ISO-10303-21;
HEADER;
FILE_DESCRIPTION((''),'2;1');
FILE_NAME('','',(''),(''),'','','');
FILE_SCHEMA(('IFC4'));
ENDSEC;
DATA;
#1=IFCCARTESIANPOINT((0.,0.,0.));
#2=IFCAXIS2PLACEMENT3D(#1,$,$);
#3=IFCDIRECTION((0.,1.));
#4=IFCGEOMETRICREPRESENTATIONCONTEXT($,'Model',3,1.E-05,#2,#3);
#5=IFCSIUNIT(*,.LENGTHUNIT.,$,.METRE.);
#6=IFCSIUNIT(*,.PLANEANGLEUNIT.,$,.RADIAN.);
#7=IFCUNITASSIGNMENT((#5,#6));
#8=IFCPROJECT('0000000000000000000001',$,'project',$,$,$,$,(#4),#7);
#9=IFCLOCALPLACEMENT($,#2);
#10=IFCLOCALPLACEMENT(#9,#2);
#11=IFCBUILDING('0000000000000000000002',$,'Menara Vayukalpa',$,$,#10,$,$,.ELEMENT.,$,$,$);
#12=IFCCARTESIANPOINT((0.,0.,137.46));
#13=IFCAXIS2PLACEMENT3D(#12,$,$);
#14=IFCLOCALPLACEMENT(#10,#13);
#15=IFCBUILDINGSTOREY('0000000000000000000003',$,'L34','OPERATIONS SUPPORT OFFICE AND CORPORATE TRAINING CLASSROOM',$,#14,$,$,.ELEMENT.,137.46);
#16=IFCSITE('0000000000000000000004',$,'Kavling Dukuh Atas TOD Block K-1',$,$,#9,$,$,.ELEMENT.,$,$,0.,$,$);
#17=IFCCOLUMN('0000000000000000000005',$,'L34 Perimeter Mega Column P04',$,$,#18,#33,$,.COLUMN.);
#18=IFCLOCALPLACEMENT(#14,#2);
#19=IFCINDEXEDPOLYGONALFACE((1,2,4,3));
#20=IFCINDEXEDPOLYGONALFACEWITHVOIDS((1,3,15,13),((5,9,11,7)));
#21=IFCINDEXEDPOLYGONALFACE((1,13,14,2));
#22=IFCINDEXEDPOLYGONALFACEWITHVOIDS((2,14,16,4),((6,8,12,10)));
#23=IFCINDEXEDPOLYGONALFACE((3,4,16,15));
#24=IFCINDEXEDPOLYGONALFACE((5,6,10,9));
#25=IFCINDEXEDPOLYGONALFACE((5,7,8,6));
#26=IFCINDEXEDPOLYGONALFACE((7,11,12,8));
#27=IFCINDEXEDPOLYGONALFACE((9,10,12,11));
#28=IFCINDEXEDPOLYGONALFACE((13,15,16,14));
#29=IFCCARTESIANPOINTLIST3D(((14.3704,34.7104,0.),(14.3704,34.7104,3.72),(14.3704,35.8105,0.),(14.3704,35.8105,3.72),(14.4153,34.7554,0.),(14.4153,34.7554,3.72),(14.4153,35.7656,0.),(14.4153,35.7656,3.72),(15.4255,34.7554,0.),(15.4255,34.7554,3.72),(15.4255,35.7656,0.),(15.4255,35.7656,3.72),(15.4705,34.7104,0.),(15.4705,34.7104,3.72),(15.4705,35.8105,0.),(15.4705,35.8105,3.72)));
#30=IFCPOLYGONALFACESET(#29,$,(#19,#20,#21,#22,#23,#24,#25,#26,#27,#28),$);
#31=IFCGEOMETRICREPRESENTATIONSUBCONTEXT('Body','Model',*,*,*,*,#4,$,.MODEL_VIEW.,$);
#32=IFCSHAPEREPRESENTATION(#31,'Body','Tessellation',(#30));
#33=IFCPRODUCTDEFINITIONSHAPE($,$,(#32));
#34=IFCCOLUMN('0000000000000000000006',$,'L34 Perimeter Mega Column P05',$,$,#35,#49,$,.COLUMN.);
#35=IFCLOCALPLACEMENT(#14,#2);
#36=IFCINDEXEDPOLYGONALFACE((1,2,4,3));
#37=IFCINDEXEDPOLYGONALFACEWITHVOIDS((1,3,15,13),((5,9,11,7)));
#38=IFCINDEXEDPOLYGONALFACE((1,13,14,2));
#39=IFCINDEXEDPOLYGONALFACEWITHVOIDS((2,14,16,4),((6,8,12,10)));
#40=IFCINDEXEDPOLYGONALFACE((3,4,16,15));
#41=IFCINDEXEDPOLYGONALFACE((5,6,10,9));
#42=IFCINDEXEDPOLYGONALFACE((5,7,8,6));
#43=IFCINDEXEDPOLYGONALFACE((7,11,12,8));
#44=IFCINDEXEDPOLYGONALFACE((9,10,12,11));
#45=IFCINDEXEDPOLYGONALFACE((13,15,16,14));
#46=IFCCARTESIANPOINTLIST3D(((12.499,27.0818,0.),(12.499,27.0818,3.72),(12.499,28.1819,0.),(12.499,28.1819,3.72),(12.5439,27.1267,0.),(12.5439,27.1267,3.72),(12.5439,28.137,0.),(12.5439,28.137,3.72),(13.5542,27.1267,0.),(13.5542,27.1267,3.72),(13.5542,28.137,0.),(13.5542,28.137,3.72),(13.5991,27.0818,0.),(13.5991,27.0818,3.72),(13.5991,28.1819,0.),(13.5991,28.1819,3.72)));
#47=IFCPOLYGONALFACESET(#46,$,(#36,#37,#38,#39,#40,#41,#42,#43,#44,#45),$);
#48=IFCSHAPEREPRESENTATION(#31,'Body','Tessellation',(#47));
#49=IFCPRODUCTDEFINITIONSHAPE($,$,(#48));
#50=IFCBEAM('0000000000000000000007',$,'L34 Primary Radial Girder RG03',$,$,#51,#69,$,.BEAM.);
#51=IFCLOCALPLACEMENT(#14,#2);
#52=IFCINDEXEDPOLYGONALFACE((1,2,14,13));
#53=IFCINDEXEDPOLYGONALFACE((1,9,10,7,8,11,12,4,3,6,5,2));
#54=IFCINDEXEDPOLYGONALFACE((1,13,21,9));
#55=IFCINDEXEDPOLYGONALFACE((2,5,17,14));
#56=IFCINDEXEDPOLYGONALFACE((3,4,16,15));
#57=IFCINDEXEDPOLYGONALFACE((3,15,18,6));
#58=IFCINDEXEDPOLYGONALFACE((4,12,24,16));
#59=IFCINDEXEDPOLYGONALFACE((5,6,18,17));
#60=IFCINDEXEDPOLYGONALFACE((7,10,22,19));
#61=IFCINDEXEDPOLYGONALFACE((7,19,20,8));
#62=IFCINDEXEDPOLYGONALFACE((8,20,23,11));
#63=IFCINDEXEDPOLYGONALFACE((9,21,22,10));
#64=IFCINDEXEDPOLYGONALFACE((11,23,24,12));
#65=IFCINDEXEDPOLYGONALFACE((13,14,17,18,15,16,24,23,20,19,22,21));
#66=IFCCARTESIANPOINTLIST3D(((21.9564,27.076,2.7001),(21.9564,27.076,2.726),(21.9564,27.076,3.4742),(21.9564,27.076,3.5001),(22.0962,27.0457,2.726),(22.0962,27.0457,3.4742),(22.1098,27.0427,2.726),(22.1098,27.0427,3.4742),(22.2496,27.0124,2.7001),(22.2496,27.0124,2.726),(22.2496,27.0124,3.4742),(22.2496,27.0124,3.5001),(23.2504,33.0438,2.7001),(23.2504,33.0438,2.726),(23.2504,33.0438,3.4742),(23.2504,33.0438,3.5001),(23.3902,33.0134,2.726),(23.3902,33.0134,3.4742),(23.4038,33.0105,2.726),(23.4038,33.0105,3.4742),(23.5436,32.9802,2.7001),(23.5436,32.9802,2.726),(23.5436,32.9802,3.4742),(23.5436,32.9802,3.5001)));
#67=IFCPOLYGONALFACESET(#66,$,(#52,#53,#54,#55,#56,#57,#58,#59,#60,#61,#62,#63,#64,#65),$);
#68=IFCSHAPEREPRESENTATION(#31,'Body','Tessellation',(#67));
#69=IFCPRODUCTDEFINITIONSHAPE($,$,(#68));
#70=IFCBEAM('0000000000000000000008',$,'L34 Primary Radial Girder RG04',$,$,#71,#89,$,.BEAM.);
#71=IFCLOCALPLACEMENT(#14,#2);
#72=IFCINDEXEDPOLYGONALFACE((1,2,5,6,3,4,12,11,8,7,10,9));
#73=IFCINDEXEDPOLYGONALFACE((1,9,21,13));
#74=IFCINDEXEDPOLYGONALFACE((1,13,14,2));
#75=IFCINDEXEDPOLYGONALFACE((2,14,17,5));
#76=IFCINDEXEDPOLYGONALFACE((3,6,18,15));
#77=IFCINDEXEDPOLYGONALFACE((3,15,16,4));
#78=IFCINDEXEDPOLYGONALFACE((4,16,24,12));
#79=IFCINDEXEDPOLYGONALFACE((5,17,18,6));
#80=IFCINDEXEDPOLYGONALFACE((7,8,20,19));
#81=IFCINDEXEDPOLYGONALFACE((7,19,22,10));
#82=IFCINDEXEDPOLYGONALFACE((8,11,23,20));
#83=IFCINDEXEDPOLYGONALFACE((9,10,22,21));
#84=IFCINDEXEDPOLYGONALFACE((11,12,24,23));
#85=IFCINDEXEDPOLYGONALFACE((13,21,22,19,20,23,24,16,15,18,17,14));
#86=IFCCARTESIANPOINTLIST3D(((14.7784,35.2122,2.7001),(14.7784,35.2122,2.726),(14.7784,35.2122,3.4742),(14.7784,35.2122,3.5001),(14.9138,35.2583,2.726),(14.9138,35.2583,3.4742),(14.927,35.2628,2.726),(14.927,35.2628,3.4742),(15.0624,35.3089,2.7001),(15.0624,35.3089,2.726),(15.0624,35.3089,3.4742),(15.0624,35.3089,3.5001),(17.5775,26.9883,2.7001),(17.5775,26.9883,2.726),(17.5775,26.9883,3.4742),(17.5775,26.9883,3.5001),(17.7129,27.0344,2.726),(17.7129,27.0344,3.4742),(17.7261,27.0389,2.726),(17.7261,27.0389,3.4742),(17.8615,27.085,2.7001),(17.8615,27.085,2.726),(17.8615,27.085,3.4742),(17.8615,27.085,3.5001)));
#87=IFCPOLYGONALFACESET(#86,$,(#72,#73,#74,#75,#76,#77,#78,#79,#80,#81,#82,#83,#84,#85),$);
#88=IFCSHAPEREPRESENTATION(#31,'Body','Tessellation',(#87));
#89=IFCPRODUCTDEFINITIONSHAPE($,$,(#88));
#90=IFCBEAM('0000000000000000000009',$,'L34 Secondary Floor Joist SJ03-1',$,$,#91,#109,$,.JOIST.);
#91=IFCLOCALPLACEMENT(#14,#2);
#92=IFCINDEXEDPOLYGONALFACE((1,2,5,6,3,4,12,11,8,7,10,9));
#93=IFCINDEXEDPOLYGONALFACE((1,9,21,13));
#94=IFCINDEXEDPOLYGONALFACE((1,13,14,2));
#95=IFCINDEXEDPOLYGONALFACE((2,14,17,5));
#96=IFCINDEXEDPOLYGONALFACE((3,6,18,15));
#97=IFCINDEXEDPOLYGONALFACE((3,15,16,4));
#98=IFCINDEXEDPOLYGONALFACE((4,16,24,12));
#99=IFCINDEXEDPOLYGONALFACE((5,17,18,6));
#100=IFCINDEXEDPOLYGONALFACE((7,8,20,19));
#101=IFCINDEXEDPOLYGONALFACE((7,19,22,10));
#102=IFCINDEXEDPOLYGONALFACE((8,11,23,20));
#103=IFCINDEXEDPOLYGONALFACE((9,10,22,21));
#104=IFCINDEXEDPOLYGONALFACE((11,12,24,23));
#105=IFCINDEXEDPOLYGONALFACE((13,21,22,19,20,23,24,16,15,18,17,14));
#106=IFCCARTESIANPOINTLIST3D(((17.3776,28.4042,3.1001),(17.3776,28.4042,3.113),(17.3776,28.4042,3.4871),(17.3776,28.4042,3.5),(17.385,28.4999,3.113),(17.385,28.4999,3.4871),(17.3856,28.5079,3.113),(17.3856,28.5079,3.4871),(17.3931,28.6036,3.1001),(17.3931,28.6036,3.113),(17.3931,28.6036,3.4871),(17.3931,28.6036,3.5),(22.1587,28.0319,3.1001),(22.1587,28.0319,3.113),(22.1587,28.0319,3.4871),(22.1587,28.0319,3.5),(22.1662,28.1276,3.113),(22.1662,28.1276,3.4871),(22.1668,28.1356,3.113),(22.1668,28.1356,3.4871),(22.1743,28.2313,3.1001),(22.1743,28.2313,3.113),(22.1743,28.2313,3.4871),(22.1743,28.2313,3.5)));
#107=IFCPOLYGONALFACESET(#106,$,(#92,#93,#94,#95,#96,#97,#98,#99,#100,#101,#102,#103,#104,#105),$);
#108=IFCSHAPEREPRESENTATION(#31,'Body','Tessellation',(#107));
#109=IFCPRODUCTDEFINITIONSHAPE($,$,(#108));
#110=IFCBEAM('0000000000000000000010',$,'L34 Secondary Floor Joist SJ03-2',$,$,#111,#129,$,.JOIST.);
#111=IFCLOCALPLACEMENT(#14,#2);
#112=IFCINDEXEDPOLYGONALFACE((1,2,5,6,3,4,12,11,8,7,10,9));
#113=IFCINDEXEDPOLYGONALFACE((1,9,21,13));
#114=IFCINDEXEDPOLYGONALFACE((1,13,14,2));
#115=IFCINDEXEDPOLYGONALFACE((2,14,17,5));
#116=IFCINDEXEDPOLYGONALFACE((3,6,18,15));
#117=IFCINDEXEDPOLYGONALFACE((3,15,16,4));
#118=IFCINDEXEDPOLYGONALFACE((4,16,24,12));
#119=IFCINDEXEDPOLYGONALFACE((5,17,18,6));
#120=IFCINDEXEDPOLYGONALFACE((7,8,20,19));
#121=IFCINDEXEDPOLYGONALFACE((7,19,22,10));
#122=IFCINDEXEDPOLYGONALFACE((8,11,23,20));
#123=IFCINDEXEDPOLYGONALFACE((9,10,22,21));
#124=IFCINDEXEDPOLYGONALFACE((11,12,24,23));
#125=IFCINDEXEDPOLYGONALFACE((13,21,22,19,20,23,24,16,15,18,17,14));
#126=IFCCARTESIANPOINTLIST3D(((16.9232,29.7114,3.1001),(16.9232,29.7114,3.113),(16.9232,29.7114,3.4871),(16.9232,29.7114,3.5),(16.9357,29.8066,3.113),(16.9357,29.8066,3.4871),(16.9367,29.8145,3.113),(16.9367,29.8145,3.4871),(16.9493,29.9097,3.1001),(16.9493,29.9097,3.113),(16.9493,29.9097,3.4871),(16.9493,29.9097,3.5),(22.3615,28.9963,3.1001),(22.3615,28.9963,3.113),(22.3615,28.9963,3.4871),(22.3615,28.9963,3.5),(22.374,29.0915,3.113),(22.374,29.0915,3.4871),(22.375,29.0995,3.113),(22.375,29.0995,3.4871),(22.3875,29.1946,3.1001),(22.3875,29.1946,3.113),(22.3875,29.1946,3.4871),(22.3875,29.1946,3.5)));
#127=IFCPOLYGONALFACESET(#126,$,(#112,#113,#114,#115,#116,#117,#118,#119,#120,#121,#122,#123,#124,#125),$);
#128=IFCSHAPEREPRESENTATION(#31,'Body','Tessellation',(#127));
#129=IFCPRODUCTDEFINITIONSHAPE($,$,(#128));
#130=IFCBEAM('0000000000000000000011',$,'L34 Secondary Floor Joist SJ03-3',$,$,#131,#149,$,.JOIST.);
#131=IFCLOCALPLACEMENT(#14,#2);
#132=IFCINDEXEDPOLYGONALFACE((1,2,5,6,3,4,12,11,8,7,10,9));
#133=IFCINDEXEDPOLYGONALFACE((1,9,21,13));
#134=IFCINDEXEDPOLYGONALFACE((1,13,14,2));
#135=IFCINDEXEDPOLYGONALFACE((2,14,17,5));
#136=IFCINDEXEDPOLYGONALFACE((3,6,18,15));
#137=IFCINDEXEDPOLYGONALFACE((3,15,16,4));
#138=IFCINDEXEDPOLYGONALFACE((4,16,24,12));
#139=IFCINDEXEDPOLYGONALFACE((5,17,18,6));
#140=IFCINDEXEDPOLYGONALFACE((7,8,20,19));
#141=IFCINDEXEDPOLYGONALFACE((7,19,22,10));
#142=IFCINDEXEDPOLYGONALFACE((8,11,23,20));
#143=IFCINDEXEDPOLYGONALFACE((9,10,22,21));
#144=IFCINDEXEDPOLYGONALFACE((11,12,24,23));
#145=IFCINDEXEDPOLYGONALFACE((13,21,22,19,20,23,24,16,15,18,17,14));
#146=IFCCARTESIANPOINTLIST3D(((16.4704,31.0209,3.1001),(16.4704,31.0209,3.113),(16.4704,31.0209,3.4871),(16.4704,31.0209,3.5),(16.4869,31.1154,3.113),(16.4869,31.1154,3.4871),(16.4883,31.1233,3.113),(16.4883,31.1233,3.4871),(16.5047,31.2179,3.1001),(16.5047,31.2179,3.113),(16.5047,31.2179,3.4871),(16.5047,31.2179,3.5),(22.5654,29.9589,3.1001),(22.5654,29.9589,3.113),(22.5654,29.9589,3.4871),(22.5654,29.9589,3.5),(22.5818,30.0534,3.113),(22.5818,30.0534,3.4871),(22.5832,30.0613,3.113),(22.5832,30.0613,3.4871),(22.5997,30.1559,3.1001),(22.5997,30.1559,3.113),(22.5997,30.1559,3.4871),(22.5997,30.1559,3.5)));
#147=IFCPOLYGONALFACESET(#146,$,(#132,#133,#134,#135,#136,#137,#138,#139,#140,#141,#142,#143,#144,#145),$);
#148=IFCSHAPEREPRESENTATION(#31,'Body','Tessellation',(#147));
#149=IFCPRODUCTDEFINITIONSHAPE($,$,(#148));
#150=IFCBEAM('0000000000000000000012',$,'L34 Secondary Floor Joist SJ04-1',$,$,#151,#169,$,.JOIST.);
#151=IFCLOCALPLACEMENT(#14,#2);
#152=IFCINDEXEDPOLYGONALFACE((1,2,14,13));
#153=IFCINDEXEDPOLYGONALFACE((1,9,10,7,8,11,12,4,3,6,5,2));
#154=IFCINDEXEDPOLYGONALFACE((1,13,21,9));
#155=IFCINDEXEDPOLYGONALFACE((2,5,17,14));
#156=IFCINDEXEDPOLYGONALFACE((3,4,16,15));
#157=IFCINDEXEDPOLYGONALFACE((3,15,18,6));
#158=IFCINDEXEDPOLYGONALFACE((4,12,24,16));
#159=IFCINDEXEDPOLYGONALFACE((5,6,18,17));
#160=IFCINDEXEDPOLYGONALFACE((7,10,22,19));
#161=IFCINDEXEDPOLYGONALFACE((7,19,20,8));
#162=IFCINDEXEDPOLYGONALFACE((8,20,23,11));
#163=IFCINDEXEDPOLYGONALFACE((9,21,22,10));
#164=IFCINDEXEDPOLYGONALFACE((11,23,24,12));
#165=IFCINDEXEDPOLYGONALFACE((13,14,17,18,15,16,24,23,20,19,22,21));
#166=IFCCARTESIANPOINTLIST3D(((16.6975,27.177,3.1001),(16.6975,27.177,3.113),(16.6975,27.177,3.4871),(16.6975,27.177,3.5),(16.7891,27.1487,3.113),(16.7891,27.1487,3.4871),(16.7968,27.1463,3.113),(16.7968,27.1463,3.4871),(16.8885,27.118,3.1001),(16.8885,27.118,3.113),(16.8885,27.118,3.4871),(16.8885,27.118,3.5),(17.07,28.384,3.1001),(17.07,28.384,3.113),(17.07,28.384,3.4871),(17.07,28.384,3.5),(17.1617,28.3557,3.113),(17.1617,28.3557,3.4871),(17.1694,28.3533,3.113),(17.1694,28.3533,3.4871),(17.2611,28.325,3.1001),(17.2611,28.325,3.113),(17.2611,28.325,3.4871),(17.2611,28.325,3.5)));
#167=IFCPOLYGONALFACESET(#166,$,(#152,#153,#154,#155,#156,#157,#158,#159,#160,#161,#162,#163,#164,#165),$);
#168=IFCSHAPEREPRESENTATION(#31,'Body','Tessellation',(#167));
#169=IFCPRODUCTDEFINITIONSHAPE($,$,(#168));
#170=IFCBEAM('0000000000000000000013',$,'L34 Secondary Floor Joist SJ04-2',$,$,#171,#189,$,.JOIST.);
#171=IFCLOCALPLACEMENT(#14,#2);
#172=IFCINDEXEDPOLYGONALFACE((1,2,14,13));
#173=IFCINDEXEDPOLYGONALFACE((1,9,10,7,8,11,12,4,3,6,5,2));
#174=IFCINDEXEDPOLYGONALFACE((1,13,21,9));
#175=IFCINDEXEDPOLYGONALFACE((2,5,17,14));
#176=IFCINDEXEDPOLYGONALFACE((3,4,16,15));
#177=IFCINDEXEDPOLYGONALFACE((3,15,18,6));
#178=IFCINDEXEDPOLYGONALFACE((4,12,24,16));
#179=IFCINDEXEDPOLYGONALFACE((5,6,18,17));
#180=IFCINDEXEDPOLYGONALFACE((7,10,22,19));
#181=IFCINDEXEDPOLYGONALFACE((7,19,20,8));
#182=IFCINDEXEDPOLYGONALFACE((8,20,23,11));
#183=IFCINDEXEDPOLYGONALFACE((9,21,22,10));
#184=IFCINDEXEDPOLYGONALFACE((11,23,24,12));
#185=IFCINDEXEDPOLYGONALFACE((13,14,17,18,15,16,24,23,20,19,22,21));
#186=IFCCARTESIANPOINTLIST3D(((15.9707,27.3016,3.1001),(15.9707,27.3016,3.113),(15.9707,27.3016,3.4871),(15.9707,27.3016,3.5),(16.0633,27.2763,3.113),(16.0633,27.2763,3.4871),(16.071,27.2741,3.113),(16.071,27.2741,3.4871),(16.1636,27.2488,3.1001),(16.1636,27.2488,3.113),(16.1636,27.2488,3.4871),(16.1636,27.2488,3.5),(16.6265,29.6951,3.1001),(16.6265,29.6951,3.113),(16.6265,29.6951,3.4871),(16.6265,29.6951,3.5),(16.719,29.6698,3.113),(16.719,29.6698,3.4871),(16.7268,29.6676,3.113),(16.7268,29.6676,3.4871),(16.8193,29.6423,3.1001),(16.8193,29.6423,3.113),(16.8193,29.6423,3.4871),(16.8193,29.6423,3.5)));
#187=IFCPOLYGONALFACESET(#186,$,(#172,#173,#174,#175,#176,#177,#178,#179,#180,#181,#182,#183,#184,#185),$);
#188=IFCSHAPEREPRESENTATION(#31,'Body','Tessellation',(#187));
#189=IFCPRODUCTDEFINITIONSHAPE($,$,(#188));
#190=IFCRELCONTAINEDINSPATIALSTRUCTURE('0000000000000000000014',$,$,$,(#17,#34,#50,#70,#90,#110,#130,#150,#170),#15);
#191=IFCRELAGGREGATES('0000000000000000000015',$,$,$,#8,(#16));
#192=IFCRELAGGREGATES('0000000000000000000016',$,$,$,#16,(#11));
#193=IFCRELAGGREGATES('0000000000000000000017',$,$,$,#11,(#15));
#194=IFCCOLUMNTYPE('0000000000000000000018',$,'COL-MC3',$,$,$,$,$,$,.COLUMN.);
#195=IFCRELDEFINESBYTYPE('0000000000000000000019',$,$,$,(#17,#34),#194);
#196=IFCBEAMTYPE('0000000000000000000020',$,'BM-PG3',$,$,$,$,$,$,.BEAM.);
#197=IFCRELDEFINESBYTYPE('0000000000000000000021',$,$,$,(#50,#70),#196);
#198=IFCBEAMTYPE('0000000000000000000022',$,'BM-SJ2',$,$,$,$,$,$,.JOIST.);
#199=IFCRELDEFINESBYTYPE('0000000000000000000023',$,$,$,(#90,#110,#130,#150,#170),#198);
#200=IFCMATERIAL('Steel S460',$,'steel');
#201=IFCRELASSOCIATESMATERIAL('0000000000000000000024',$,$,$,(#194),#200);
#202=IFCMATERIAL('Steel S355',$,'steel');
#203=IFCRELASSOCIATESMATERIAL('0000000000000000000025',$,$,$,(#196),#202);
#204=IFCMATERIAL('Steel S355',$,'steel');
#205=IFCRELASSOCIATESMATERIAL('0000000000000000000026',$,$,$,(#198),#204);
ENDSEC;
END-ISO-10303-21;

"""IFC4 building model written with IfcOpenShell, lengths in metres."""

from ifc_helpers import new_model, si_unit, direction, frame, origin, origin_2d, place, context, subcontext, project, spatial, hollow_rectangle, i_section, extrude, material, material_profile, profile_set, type_object, element, save


model = new_model("IFC4")

# Units and contexts
model_context = context("Model", 3, precision=1e-05, world=origin(), true_north=direction((0.0, 1.0)))
body_context = subcontext(model_context, "Body", "Model", "MODEL_VIEW")
ifc_project = project(units=[si_unit("LENGTHUNIT", "METRE"), si_unit("PLANEANGLEUNIT", "RADIAN")], contexts=[model_context])

# Site, building, storey
site_placement = place(None, origin())
site = spatial("IfcSite", under=ifc_project, at=site_placement, Name="Kavling Dukuh Atas TOD Block K-1", CompositionType="ELEMENT", RefElevation=0.0)
building_placement = place(site_placement, origin())
building = spatial("IfcBuilding", under=site, at=building_placement, Name="Menara Vayukalpa", CompositionType="ELEMENT")
storey_placement = place(building_placement, frame((0.0, 0.0, 137.46)))
storey = spatial("IfcBuildingStorey", under=building, at=storey_placement, Name="L34", Description="OPERATIONS SUPPORT OFFICE AND CORPORATE TRAINING CLASSROOM", CompositionType="ELEMENT", Elevation=137.46)

# Columns
ifc_material_1 = material(Name="Steel S460", Category="steel")
ifc_material_profile_1 = material_profile(ifc_material_1, hollow_rectangle(XDim=1.1001, YDim=1.1001, WallThickness=0.0449, at=origin_2d()), Name="BOX 1100x1100x45")
ifc_profile_set_1 = profile_set([ifc_material_profile_1], Name="Steel S460")
column_type = type_object("IfcColumnType", Name="COL-MC3", PredefinedType="COLUMN", material=ifc_profile_set_1)
for number, where, z_axis, x_axis, name in (
    (1, (14.9204, 35.2605, 0.0), (0.0, 0.0, 1.0), (1.0, 0.0, 0.0), "L34 Perimeter Mega Column P04"),
    (2, (13.0491, 27.6318, 0.0), (0.0, 0.0, 1.0), (1.0, 0.0, 0.0), "L34 Perimeter Mega Column P05"),
):
    element("IfcColumn", number, at=place(storey_placement, frame(where, z_axis=z_axis, x_axis=x_axis)), inside=storey, type_object=column_type, Name=name, PredefinedType="COLUMN", context=body_context, shape_type="SweptSolid", body=[
        extrude(hollow_rectangle(XDim=1.1001, YDim=1.1001, WallThickness=0.0449, at=origin_2d()), origin(), (0.0, 0.0, 1.0), 3.72),
    ])

# Beams
ifc_material_2 = material(Name="Steel S355", Category="steel")
ifc_material_profile_2 = material_profile(ifc_material_2, i_section(OverallWidth=0.3, OverallDepth=0.8, WebThickness=0.0139, FlangeThickness=0.0259, at=origin_2d()), Name="WF 800x300x14x26")
ifc_profile_set_2 = profile_set([ifc_material_profile_2], Name="Steel S355")
beam_type_1 = type_object("IfcBeamType", Name="BM-PG3", PredefinedType="BEAM", material=ifc_profile_set_2)
beam_1_placement = place(storey_placement, frame((22.103, 27.0442, 3.1001), z_axis=(0.211898, 0.977292, 0.0), x_axis=(-0.977292, 0.211898, 0.0)))
element("IfcBeam", 3, at=beam_1_placement, inside=storey, type_object=beam_type_1, Name="L34 Primary Radial Girder RG03", PredefinedType="BEAM", context=body_context, shape_type="SweptSolid", body=[
    extrude(i_section(OverallWidth=0.3, OverallDepth=0.8, WebThickness=0.0139, FlangeThickness=0.0259, at=origin_2d()), origin(), (0.0, 0.0, 1.0), 6.1064),
])
beam_2_placement = place(storey_placement, frame((17.7195, 27.0366, 3.1001), z_axis=(-0.322208, 0.946669, 0.0), x_axis=(-0.946669, -0.322208, 0.0)))
element("IfcBeam", 4, at=beam_2_placement, inside=storey, type_object=beam_type_1, Name="L34 Primary Radial Girder RG04", PredefinedType="BEAM", context=body_context, shape_type="SweptSolid", body=[
    extrude(i_section(OverallWidth=0.3, OverallDepth=0.8, WebThickness=0.0139, FlangeThickness=0.0259, at=origin_2d()), origin(), (0.0, 0.0, 1.0), 8.6873),
])
ifc_material_3 = material(Name="Steel S355", Category="steel")
ifc_material_profile_3 = material_profile(ifc_material_3, i_section(OverallWidth=0.2, OverallDepth=0.3999, WebThickness=0.0081, FlangeThickness=0.0129, at=origin_2d()), Name="WF 400x200x8x13")
ifc_profile_set_3 = profile_set([ifc_material_profile_3], Name="Steel S355")
beam_type_2 = type_object("IfcBeamType", Name="BM-SJ2", PredefinedType="JOIST", material=ifc_profile_set_3)
beam_3_placement = place(storey_placement, frame((22.1665, 28.1316, 3.3), z_axis=(-0.996982, 0.077635, 0.0), x_axis=(-0.077635, -0.996982, 0.0)))
element("IfcBeam", 5, at=beam_3_placement, inside=storey, type_object=beam_type_2, Name="L34 Secondary Floor Joist SJ03-1", PredefinedType="JOIST", context=body_context, shape_type="SweptSolid", body=[
    extrude(i_section(OverallWidth=0.2, OverallDepth=0.3999, WebThickness=0.0081, FlangeThickness=0.0129, at=origin_2d()), origin(), (0.0, 0.0, 1.0), 4.7957),
])
beam_4_placement = place(storey_placement, frame((22.3745, 29.0955, 3.3), z_axis=(-0.991465, 0.13037, 0.0), x_axis=(-0.13037, -0.991465, 0.0)))
element("IfcBeam", 6, at=beam_4_placement, inside=storey, type_object=beam_type_2, Name="L34 Secondary Floor Joist SJ03-2", PredefinedType="JOIST", context=body_context, shape_type="SweptSolid", body=[
    extrude(i_section(OverallWidth=0.2, OverallDepth=0.3999, WebThickness=0.0081, FlangeThickness=0.0129, at=origin_2d()), origin(), (0.0, 0.0, 1.0), 5.4851),
])
beam_5_placement = place(storey_placement, frame((22.5825, 30.0574, 3.3), z_axis=(-0.985157, 0.171658, 0.0), x_axis=(-0.171658, -0.985157, 0.0)))
element("IfcBeam", 7, at=beam_5_placement, inside=storey, type_object=beam_type_2, Name="L34 Secondary Floor Joist SJ03-3", PredefinedType="JOIST", context=body_context, shape_type="SweptSolid", body=[
    extrude(i_section(OverallWidth=0.2, OverallDepth=0.3999, WebThickness=0.0081, FlangeThickness=0.0129, at=origin_2d()), origin(), (0.0, 0.0, 1.0), 6.1868),
])
beam_6_placement = place(storey_placement, frame((17.1655, 28.3545, 3.3), z_axis=(-0.294928, -0.95552, 0.0), x_axis=(0.95552, -0.294928, 0.0)))
element("IfcBeam", 8, at=beam_6_placement, inside=storey, type_object=beam_type_2, Name="L34 Secondary Floor Joist SJ04-1", PredefinedType="JOIST", context=body_context, shape_type="SweptSolid", body=[
    extrude(i_section(OverallWidth=0.2, OverallDepth=0.3999, WebThickness=0.0081, FlangeThickness=0.0129, at=origin_2d()), origin(), (0.0, 0.0, 1.0), 1.2632),
])
beam_7_placement = place(storey_placement, frame((16.7229, 29.6687, 3.3), z_axis=(-0.264233, -0.964459, 0.0), x_axis=(0.964459, -0.264233, 0.0)))
element("IfcBeam", 9, at=beam_7_placement, inside=storey, type_object=beam_type_2, Name="L34 Secondary Floor Joist SJ04-2", PredefinedType="JOIST", context=body_context, shape_type="SweptSolid", body=[
    extrude(i_section(OverallWidth=0.2, OverallDepth=0.3999, WebThickness=0.0081, FlangeThickness=0.0129, at=origin_2d()), origin(), (0.0, 0.0, 1.0), 2.4817),
])

save(model, "model.ifc")
